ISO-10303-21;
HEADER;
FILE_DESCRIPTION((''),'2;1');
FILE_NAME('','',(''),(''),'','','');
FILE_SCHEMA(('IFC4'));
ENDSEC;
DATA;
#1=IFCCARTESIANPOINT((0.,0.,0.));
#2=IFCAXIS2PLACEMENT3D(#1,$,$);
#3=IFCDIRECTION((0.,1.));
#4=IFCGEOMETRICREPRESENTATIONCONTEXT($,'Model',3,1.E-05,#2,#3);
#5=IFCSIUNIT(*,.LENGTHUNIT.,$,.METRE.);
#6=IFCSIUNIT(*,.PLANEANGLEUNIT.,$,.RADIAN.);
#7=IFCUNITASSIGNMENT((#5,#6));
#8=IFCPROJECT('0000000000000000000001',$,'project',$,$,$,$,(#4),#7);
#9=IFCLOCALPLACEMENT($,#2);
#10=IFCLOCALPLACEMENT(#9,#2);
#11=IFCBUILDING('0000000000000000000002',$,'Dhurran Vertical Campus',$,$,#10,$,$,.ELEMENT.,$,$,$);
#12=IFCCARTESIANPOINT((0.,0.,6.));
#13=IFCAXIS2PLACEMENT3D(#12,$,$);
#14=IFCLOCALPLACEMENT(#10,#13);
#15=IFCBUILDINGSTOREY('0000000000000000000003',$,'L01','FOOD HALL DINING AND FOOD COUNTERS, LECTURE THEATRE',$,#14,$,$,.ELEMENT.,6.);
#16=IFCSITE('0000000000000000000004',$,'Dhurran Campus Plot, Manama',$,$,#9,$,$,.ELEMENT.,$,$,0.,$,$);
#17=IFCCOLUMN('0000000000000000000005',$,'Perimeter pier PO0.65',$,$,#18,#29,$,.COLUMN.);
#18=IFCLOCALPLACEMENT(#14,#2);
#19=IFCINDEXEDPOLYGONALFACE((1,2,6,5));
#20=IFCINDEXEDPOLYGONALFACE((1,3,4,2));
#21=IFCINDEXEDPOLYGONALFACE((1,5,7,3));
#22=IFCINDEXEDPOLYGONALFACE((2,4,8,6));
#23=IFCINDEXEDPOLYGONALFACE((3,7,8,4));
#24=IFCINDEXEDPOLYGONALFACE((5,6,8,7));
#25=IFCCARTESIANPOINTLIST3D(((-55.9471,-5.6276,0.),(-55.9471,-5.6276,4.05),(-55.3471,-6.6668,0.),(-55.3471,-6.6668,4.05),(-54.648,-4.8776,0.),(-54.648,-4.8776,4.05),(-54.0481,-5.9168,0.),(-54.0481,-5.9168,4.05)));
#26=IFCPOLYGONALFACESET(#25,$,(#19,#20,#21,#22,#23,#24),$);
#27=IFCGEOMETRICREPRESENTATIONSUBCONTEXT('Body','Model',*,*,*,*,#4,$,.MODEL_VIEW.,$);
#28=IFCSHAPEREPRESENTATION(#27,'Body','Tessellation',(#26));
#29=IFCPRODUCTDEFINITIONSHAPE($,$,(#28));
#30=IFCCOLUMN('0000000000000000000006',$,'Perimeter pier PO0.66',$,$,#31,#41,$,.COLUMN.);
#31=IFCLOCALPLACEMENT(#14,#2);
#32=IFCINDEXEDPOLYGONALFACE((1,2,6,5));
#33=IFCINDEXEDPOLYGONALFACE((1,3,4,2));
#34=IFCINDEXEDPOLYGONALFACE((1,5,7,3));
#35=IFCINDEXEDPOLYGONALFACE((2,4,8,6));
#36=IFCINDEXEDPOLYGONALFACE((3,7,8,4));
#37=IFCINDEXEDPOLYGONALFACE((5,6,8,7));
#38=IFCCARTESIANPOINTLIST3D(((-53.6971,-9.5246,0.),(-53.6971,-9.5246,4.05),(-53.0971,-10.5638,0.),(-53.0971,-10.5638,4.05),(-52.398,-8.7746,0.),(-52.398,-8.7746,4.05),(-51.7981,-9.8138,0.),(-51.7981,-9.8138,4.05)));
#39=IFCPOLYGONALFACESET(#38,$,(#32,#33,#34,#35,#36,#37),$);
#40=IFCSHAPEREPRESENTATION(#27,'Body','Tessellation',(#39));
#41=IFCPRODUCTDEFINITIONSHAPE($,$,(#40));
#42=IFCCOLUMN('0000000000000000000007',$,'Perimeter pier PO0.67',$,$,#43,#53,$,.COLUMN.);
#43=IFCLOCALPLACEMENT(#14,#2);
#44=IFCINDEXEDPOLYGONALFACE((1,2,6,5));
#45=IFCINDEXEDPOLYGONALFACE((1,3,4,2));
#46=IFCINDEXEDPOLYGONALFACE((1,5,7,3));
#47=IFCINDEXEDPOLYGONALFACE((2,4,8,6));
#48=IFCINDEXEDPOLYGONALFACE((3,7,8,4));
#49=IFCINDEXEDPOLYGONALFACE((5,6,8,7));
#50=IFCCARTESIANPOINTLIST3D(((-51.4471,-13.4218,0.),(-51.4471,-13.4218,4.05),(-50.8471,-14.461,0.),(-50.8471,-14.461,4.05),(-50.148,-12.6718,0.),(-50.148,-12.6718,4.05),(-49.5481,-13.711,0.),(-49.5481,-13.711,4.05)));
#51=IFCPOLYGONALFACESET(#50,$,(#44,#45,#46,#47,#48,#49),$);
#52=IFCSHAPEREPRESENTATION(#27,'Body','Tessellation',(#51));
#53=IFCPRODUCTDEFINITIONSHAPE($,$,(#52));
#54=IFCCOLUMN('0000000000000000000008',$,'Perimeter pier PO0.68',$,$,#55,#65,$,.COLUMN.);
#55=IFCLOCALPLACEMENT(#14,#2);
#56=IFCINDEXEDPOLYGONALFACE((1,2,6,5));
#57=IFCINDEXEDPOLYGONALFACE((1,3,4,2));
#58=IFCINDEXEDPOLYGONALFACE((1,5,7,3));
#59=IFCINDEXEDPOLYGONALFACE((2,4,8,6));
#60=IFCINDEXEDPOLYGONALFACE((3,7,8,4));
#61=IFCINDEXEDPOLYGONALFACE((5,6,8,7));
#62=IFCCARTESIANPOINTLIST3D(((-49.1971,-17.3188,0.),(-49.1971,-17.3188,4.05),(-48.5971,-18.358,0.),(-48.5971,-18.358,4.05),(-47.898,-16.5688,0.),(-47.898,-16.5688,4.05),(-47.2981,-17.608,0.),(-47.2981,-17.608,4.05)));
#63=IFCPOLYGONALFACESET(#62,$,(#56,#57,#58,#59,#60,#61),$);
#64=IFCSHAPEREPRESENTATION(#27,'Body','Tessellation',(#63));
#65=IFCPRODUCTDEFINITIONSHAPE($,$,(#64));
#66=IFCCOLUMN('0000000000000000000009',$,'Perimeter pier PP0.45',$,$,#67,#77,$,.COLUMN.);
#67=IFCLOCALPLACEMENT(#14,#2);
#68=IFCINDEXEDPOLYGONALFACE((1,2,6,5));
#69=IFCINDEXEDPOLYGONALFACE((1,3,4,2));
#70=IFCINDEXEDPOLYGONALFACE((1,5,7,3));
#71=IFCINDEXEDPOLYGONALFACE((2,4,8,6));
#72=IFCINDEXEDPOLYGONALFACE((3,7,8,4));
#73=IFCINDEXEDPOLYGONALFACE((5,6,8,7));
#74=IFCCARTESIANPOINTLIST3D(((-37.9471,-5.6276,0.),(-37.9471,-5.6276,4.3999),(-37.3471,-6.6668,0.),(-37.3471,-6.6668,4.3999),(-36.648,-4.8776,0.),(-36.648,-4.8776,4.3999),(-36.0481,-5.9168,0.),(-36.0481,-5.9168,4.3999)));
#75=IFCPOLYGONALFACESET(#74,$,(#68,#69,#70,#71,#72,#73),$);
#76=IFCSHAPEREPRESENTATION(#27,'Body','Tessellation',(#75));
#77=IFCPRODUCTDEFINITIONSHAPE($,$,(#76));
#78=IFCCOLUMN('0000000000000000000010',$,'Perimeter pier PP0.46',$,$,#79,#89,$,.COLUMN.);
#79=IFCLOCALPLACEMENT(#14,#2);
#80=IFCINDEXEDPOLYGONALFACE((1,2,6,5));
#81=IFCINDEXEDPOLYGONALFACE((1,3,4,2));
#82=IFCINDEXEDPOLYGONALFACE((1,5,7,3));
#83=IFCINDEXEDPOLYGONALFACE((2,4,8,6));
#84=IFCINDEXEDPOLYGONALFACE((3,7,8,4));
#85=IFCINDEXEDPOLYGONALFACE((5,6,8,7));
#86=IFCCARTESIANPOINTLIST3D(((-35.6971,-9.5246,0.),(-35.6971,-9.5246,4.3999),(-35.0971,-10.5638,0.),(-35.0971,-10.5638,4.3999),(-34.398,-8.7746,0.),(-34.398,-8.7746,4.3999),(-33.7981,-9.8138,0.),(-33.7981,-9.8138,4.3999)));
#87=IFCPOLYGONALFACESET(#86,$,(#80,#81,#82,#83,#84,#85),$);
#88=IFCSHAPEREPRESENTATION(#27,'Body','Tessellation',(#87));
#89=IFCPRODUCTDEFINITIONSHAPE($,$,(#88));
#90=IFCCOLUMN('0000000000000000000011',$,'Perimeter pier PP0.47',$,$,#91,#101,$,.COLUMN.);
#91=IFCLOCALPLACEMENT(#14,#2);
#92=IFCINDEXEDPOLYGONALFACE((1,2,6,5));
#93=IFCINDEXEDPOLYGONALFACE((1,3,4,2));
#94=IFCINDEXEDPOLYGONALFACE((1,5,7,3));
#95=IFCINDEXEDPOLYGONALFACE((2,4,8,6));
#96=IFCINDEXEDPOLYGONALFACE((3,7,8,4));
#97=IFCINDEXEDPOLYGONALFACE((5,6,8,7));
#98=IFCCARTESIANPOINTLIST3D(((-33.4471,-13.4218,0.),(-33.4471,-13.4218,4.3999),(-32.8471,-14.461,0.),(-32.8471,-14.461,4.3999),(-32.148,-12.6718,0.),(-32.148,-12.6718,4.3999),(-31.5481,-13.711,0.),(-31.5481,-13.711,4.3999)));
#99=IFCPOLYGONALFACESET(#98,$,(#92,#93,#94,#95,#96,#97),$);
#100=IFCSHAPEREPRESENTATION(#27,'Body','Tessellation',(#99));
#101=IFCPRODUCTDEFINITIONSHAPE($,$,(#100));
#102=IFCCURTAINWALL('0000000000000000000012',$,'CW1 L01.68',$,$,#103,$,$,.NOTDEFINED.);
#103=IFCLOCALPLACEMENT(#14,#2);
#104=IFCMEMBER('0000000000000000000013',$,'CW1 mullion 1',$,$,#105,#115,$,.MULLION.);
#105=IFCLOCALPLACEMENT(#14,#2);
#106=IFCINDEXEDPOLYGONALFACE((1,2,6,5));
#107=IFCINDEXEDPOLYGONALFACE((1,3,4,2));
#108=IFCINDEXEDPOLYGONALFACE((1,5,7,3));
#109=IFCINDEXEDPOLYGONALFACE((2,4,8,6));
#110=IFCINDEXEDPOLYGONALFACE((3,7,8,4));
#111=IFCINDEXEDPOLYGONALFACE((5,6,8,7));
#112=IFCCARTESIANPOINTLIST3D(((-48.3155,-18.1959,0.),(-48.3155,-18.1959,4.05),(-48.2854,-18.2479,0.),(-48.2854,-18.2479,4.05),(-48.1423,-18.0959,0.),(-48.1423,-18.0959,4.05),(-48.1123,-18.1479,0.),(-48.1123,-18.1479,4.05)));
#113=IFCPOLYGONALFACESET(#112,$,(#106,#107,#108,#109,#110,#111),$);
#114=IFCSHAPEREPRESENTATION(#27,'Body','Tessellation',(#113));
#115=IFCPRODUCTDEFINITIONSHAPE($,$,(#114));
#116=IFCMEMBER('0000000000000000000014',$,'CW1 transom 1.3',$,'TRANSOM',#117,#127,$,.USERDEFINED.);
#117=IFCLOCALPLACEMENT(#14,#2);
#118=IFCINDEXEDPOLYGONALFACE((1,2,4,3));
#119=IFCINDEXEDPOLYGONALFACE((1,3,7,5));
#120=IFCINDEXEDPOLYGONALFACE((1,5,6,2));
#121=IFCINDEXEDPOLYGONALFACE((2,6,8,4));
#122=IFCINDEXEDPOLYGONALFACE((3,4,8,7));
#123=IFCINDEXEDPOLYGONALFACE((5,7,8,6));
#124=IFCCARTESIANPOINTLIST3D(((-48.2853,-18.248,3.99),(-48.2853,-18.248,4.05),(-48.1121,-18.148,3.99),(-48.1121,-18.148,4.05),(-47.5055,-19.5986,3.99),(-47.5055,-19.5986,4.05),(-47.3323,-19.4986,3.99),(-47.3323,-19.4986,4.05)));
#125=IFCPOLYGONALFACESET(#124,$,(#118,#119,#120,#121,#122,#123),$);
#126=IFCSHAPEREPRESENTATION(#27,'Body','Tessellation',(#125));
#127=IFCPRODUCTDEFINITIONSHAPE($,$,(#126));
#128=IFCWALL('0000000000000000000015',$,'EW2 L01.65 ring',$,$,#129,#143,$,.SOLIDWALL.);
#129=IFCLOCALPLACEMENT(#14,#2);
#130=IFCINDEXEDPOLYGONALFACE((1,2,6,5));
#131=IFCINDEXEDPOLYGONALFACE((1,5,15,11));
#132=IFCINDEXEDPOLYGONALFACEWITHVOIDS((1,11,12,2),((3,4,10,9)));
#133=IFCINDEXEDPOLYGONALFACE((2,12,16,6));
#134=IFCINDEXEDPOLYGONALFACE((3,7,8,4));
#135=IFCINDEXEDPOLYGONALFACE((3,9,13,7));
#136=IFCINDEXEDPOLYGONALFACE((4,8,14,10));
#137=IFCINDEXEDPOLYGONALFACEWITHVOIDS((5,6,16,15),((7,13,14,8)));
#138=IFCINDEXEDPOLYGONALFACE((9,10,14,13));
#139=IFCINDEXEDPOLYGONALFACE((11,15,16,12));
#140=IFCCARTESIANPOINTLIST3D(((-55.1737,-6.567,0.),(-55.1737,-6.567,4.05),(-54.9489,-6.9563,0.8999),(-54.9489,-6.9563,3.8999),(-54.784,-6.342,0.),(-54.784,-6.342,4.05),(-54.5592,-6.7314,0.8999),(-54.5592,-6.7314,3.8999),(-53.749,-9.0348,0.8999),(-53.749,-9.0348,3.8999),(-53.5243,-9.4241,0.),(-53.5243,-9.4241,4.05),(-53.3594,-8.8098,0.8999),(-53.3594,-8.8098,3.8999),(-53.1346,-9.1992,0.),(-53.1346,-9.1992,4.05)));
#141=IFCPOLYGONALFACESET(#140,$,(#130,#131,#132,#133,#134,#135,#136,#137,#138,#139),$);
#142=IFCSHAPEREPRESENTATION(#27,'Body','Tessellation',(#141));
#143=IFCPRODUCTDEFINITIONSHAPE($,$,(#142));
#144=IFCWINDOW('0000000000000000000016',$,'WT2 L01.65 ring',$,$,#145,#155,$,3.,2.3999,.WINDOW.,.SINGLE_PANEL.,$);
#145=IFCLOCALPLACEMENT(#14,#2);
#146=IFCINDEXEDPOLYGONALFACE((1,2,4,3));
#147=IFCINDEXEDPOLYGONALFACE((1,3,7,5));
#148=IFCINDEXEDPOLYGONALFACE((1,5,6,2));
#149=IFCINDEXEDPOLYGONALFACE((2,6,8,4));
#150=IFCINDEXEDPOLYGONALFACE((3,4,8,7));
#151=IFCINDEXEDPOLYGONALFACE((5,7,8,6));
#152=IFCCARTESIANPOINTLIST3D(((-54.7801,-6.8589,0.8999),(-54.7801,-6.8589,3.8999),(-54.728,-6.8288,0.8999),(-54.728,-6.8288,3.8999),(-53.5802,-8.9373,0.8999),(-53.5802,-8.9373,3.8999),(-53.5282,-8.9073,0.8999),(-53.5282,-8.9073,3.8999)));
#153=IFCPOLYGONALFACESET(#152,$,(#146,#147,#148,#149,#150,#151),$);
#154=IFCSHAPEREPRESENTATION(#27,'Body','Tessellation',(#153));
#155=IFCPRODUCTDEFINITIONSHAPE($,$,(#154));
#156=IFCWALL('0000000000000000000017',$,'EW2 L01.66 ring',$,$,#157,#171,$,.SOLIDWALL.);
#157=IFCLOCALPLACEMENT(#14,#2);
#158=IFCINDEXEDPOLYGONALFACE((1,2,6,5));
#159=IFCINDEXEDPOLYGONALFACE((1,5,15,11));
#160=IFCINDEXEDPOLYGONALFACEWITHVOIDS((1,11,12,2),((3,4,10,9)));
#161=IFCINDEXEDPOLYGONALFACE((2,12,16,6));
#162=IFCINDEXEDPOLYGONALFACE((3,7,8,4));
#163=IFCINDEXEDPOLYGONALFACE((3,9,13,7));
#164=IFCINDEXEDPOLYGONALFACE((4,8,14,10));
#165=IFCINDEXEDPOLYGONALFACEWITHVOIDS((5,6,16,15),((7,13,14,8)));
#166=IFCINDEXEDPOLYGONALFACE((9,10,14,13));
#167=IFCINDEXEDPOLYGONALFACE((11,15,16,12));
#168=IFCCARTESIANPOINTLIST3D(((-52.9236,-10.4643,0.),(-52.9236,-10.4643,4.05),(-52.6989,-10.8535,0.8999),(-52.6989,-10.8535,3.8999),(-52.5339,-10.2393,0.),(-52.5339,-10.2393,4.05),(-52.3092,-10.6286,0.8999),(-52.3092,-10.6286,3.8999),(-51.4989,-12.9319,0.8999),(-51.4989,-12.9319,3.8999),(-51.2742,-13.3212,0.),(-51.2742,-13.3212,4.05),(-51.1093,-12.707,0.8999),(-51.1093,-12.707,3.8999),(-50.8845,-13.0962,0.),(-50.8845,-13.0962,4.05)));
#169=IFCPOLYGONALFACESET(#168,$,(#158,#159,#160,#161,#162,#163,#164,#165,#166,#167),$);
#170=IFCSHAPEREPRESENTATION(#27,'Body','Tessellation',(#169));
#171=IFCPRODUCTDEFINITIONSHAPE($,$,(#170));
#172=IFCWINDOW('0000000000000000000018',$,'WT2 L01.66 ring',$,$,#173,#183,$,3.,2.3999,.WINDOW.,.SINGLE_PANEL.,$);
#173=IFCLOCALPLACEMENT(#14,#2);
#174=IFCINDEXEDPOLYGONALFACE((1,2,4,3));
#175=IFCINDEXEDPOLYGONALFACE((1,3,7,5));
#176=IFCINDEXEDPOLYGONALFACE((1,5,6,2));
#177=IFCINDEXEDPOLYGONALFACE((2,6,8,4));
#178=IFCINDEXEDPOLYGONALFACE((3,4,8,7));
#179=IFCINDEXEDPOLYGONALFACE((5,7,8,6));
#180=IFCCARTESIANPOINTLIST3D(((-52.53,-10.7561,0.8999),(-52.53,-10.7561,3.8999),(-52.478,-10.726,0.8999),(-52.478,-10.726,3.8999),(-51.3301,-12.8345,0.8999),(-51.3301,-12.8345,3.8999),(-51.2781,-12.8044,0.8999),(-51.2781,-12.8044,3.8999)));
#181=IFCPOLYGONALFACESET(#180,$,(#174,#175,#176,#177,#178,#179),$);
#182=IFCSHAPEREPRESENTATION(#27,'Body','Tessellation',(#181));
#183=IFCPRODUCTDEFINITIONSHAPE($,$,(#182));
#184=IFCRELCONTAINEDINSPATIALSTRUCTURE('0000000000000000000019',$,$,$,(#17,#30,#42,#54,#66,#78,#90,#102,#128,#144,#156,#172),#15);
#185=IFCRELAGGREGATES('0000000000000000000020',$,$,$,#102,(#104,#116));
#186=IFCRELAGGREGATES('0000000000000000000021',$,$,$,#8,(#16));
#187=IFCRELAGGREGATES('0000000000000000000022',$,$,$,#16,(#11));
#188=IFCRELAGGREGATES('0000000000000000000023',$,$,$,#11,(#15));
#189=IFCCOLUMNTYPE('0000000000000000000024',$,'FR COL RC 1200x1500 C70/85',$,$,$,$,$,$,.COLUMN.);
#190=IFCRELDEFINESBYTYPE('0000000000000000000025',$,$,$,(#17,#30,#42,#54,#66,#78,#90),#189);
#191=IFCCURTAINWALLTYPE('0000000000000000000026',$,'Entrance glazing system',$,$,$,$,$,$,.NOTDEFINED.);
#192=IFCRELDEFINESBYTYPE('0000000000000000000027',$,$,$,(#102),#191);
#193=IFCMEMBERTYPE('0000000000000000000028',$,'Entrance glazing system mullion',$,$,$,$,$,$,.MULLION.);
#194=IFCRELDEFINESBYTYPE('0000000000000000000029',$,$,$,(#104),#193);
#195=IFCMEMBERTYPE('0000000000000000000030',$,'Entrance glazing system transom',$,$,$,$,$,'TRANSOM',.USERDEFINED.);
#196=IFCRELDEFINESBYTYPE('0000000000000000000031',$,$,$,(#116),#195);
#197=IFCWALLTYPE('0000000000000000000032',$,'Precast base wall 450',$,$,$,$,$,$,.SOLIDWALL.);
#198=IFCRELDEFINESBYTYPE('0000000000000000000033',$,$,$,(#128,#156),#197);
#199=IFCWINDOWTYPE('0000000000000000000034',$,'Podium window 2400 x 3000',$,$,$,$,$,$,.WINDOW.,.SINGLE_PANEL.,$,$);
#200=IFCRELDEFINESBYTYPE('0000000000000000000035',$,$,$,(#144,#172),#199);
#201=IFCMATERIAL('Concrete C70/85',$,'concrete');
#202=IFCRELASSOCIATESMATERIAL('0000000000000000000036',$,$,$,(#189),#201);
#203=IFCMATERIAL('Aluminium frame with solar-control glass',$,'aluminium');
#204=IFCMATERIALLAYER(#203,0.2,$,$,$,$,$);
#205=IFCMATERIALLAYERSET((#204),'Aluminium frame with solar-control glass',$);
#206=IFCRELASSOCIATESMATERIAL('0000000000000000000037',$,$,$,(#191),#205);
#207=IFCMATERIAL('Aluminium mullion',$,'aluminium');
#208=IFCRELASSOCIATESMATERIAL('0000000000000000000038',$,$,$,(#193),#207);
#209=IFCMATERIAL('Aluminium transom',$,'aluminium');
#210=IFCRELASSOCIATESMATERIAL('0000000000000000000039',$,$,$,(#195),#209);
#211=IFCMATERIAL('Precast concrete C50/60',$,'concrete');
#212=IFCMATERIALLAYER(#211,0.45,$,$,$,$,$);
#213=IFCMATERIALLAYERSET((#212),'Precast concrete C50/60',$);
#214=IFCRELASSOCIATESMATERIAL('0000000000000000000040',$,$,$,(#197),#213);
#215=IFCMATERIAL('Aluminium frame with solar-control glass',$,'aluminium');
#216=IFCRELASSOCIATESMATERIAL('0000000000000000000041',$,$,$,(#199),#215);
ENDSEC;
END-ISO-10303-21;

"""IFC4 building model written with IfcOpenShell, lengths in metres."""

from ifc_helpers import new_model, si_unit, direction, frame, frame_2d, origin, origin_2d, place, context, subcontext, project, spatial, rectangle, extrude, material, layer, layer_set, material_profile, profile_set, type_object, element, fill, aggregate, save


model = new_model("IFC4")

# Units and contexts
model_context = context("Model", 3, precision=1e-05, world=origin(), true_north=direction((0.0, 1.0)))
body_context = subcontext(model_context, "Body", "Model", "MODEL_VIEW")
ifc_project = project(units=[si_unit("LENGTHUNIT", "METRE"), si_unit("PLANEANGLEUNIT", "RADIAN")], contexts=[model_context])

# Site, building, storey
site_placement = place(None, origin())
site = spatial("IfcSite", under=ifc_project, at=site_placement, Name="Dhurran Campus Plot, Manama", CompositionType="ELEMENT", RefElevation=0.0)
building_placement = place(site_placement, origin())
building = spatial("IfcBuilding", under=site, at=building_placement, Name="Dhurran Vertical Campus", CompositionType="ELEMENT")
storey_placement = place(building_placement, frame((0.0, 0.0, 6.0)))
storey = spatial("IfcBuildingStorey", under=building, at=storey_placement, Name="L01", Description="FOOD HALL DINING AND FOOD COUNTERS, LECTURE THEATRE", CompositionType="ELEMENT", Elevation=6.0)

# Columns
ifc_material_1 = material(Name="Concrete C70/85", Category="concrete")
ifc_material_profile_1 = material_profile(ifc_material_1, rectangle(XDim=1.2, YDim=1.5, at=origin_2d()), Name="RC 1200x1500")
ifc_profile_set_1 = profile_set([ifc_material_profile_1], Name="Concrete C70/85")
column_type = type_object("IfcColumnType", Name="FR COL RC 1200x1500 C70/85", PredefinedType="COLUMN", material=ifc_profile_set_1)
for number, where, z_axis, x_axis, name in (
    (1, (-54.9976, -5.7722, 0.0), (0.0, 0.0, 1.0), (0.5, -0.866025, 0.0), "Perimeter pier PO0.65"),
    (2, (-52.7476, -9.6692, 0.0), (0.0, 0.0, 1.0), (0.5, -0.866025, 0.0), "Perimeter pier PO0.66"),
    (3, (-50.4976, -13.5664, 0.0), (0.0, 0.0, 1.0), (0.5, -0.866025, 0.0), "Perimeter pier PO0.67"),
    (4, (-48.2476, -17.4634, 0.0), (0.0, 0.0, 1.0), (0.5, -0.866025, 0.0), "Perimeter pier PO0.68"),
):
    element("IfcColumn", number, at=place(storey_placement, frame(where, z_axis=z_axis, x_axis=x_axis)), inside=storey, type_object=column_type, Name=name, PredefinedType="COLUMN", context=body_context, shape_type="SweptSolid", body=[
        extrude(rectangle(XDim=1.2, YDim=1.5, at=origin_2d()), origin(), (0.0, 0.0, 1.0), 4.05),
    ])
for number, where, z_axis, x_axis, name in (
    (5, (-36.9976, -5.7722, 0.0), (0.0, 0.0, 1.0), (0.5, -0.866025, 0.0), "Perimeter pier PP0.45"),
    (6, (-34.7476, -9.6692, 0.0), (0.0, 0.0, 1.0), (0.5, -0.866025, 0.0), "Perimeter pier PP0.46"),
    (7, (-32.4976, -13.5664, 0.0), (0.0, 0.0, 1.0), (0.5, -0.866025, 0.0), "Perimeter pier PP0.47"),
):
    element("IfcColumn", number, at=place(storey_placement, frame(where, z_axis=z_axis, x_axis=x_axis)), inside=storey, type_object=column_type, Name=name, PredefinedType="COLUMN", context=body_context, shape_type="SweptSolid", body=[
        extrude(rectangle(XDim=1.2, YDim=1.5, at=origin_2d()), origin(), (0.0, 0.0, 1.0), 4.3999),
    ])

# Curtain wall, members
ifc_material_2 = material(Name="Aluminium frame with solar-control glass", Category="aluminium")
ifc_layer_1 = layer(ifc_material_2, 0.2)
ifc_layer_set_1 = layer_set([ifc_layer_1], Name="Aluminium frame with solar-control glass")
curtain_wall_type = type_object("IfcCurtainWallType", Name="Entrance glazing system", PredefinedType="NOTDEFINED", material=ifc_layer_set_1)
curtain_wall_placement = place(storey_placement, origin())
curtain_wall = element("IfcCurtainWall", 8, at=curtain_wall_placement, inside=storey, type_object=curtain_wall_type, Name="CW1 L01.68", PredefinedType="NOTDEFINED")
ifc_material_3 = material(Name="Aluminium mullion", Category="aluminium")
ifc_material_profile_2 = material_profile(ifc_material_3, rectangle(XDim=0.2, YDim=0.0601, at=origin_2d()), Name="Entrance glazing system mullion")
ifc_profile_set_2 = profile_set([ifc_material_profile_2], Name="Aluminium mullion")
member_type_1 = type_object("IfcMemberType", Name="Entrance glazing system mullion", PredefinedType="MULLION", material=ifc_profile_set_2)
member_1_placement = place(storey_placement, frame((-48.2139, -18.1719, 0.0), z_axis=(0.0, 0.0, 1.0), x_axis=(0.866024, 0.500002, 0.0)))
member_1 = element("IfcMember", 9, at=member_1_placement, type_object=member_type_1, Name="CW1 mullion 1", PredefinedType="MULLION", context=body_context, shape_type="SweptSolid", body=[
    extrude(rectangle(XDim=0.2, YDim=0.0601, at=origin_2d()), origin(), (0.0, 0.0, 1.0), 4.05),
])
ifc_material_4 = material(Name="Aluminium transom", Category="aluminium")
ifc_material_profile_3 = material_profile(ifc_material_4, rectangle(XDim=0.2, YDim=0.0601, at=origin_2d()), Name="Entrance glazing system transom")
ifc_profile_set_3 = profile_set([ifc_material_profile_3], Name="Aluminium transom")
member_type_2 = type_object("IfcMemberType", Name="Entrance glazing system transom", ElementType="TRANSOM", PredefinedType="USERDEFINED", material=ifc_profile_set_3)
member_2_placement = place(storey_placement, frame((-48.1987, -18.198, 4.02), z_axis=(0.500012, -0.866019, 0.0), x_axis=(0.866019, 0.500012, 0.0)))
member_2 = element("IfcMember", 10, at=member_2_placement, type_object=member_type_2, Name="CW1 transom 1.3", ObjectType="TRANSOM", PredefinedType="USERDEFINED", context=body_context, shape_type="SweptSolid", body=[
    extrude(rectangle(XDim=0.2, YDim=0.0601, at=origin_2d()), origin(), (0.0, 0.0, 1.0), 1.5596),
])
aggregate(curtain_wall, [member_1, member_2])

# Walls, openings, windows
ifc_material_5 = material(Name="Precast concrete C50/60", Category="concrete")
ifc_layer_2 = layer(ifc_material_5, 0.45)
ifc_layer_set_2 = layer_set([ifc_layer_2], Name="Precast concrete C50/60")
wall_type_1 = type_object("IfcWallType", Name="Precast base wall 450", PredefinedType="SOLIDWALL", material=ifc_layer_set_2)
wall_1_placement = place(storey_placement, frame((-54.9788, -6.4546, 0.0), z_axis=(0.0, 0.0, 1.0), x_axis=(0.499959, -0.866049, 0.0)))
wall_1 = element("IfcWall", 11, at=wall_1_placement, inside=storey, type_object=wall_type_1, Name="EW2 L01.65 ring", PredefinedType="SOLIDWALL", context=body_context, shape_type="SweptSolid", body=[
    extrude(rectangle(XDim=3.2991, YDim=0.45, at=frame_2d((1.6494, 0.0))), origin(), (0.0, 0.0, 1.0), 4.05),
])
opening_1_placement = place(wall_1_placement, frame((0.4495, 0.0, 0.8999)))
opening_1 = element("IfcOpeningElement", 12, at=opening_1_placement, cuts=wall_1, PredefinedType="OPENING", context=body_context, shape_type="SweptSolid", body=[
    extrude(rectangle(XDim=2.3999, YDim=3.0, at=frame_2d((1.2, 1.5))), frame((0.0, 0.2349, 0.0), z_axis=(0.0, -1.0, 0.0), x_axis=(1.0, 0.0, 0.0)), (0.0, 0.0, 1.0), 0.47),
])
ifc_material_6 = material(Name="Aluminium frame with solar-control glass", Category="aluminium")
window_type = type_object("IfcWindowType", Name="Podium window 2400 x 3000", PartitioningType="SINGLE_PANEL", PredefinedType="WINDOW", material=ifc_material_6)
window_1_placement = place(opening_1_placement, origin())
window_1 = element("IfcWindow", 13, at=window_1_placement, inside=storey, type_object=window_type, Name="WT2 L01.65 ring", OverallHeight=3.0, OverallWidth=2.3999, PartitioningType="SINGLE_PANEL", PredefinedType="WINDOW", context=body_context, shape_type="SweptSolid", body=[
    extrude(rectangle(XDim=2.3999, YDim=3.0, at=frame_2d((1.2, 1.5))), frame((0.0, 0.03, 0.0), z_axis=(0.0, -1.0, 0.0), x_axis=(1.0, 0.0, 0.0)), (0.0, 0.0, 1.0), 0.0601),
])
fill(opening_1, window_1)
wall_2_placement = place(storey_placement, frame((-52.7288, -10.3518, 0.0), z_axis=(0.0, 0.0, 1.0), x_axis=(0.499992, -0.86603, 0.0)))
wall_2 = element("IfcWall", 14, at=wall_2_placement, inside=storey, type_object=wall_type_1, Name="EW2 L01.66 ring", PredefinedType="SOLIDWALL", context=body_context, shape_type="SweptSolid", body=[
    extrude(rectangle(XDim=3.2988, YDim=0.45, at=frame_2d((1.6494, 0.0))), origin(), (0.0, 0.0, 1.0), 4.05),
])
opening_2_placement = place(wall_2_placement, frame((0.4495, 0.0, 0.8999)))
opening_2 = element("IfcOpeningElement", 15, at=opening_2_placement, cuts=wall_2, PredefinedType="OPENING", context=body_context, shape_type="SweptSolid", body=[
    extrude(rectangle(XDim=2.3999, YDim=3.0, at=frame_2d((1.2, 1.5))), frame((0.0, 0.2349, 0.0), z_axis=(0.0, -1.0, 0.0), x_axis=(1.0, 0.0, 0.0)), (0.0, 0.0, 1.0), 0.47),
])
window_2_placement = place(opening_2_placement, origin())
window_2 = element("IfcWindow", 16, at=window_2_placement, inside=storey, type_object=window_type, Name="WT2 L01.66 ring", OverallHeight=3.0, OverallWidth=2.3999, PartitioningType="SINGLE_PANEL", PredefinedType="WINDOW", context=body_context, shape_type="SweptSolid", body=[
    extrude(rectangle(XDim=2.3999, YDim=3.0, at=frame_2d((1.2, 1.5))), frame((0.0, 0.03, 0.0), z_axis=(0.0, -1.0, 0.0), x_axis=(1.0, 0.0, 0.0)), (0.0, 0.0, 1.0), 0.0601),
])
fill(opening_2, window_2)

save(model, "model.ifc")
